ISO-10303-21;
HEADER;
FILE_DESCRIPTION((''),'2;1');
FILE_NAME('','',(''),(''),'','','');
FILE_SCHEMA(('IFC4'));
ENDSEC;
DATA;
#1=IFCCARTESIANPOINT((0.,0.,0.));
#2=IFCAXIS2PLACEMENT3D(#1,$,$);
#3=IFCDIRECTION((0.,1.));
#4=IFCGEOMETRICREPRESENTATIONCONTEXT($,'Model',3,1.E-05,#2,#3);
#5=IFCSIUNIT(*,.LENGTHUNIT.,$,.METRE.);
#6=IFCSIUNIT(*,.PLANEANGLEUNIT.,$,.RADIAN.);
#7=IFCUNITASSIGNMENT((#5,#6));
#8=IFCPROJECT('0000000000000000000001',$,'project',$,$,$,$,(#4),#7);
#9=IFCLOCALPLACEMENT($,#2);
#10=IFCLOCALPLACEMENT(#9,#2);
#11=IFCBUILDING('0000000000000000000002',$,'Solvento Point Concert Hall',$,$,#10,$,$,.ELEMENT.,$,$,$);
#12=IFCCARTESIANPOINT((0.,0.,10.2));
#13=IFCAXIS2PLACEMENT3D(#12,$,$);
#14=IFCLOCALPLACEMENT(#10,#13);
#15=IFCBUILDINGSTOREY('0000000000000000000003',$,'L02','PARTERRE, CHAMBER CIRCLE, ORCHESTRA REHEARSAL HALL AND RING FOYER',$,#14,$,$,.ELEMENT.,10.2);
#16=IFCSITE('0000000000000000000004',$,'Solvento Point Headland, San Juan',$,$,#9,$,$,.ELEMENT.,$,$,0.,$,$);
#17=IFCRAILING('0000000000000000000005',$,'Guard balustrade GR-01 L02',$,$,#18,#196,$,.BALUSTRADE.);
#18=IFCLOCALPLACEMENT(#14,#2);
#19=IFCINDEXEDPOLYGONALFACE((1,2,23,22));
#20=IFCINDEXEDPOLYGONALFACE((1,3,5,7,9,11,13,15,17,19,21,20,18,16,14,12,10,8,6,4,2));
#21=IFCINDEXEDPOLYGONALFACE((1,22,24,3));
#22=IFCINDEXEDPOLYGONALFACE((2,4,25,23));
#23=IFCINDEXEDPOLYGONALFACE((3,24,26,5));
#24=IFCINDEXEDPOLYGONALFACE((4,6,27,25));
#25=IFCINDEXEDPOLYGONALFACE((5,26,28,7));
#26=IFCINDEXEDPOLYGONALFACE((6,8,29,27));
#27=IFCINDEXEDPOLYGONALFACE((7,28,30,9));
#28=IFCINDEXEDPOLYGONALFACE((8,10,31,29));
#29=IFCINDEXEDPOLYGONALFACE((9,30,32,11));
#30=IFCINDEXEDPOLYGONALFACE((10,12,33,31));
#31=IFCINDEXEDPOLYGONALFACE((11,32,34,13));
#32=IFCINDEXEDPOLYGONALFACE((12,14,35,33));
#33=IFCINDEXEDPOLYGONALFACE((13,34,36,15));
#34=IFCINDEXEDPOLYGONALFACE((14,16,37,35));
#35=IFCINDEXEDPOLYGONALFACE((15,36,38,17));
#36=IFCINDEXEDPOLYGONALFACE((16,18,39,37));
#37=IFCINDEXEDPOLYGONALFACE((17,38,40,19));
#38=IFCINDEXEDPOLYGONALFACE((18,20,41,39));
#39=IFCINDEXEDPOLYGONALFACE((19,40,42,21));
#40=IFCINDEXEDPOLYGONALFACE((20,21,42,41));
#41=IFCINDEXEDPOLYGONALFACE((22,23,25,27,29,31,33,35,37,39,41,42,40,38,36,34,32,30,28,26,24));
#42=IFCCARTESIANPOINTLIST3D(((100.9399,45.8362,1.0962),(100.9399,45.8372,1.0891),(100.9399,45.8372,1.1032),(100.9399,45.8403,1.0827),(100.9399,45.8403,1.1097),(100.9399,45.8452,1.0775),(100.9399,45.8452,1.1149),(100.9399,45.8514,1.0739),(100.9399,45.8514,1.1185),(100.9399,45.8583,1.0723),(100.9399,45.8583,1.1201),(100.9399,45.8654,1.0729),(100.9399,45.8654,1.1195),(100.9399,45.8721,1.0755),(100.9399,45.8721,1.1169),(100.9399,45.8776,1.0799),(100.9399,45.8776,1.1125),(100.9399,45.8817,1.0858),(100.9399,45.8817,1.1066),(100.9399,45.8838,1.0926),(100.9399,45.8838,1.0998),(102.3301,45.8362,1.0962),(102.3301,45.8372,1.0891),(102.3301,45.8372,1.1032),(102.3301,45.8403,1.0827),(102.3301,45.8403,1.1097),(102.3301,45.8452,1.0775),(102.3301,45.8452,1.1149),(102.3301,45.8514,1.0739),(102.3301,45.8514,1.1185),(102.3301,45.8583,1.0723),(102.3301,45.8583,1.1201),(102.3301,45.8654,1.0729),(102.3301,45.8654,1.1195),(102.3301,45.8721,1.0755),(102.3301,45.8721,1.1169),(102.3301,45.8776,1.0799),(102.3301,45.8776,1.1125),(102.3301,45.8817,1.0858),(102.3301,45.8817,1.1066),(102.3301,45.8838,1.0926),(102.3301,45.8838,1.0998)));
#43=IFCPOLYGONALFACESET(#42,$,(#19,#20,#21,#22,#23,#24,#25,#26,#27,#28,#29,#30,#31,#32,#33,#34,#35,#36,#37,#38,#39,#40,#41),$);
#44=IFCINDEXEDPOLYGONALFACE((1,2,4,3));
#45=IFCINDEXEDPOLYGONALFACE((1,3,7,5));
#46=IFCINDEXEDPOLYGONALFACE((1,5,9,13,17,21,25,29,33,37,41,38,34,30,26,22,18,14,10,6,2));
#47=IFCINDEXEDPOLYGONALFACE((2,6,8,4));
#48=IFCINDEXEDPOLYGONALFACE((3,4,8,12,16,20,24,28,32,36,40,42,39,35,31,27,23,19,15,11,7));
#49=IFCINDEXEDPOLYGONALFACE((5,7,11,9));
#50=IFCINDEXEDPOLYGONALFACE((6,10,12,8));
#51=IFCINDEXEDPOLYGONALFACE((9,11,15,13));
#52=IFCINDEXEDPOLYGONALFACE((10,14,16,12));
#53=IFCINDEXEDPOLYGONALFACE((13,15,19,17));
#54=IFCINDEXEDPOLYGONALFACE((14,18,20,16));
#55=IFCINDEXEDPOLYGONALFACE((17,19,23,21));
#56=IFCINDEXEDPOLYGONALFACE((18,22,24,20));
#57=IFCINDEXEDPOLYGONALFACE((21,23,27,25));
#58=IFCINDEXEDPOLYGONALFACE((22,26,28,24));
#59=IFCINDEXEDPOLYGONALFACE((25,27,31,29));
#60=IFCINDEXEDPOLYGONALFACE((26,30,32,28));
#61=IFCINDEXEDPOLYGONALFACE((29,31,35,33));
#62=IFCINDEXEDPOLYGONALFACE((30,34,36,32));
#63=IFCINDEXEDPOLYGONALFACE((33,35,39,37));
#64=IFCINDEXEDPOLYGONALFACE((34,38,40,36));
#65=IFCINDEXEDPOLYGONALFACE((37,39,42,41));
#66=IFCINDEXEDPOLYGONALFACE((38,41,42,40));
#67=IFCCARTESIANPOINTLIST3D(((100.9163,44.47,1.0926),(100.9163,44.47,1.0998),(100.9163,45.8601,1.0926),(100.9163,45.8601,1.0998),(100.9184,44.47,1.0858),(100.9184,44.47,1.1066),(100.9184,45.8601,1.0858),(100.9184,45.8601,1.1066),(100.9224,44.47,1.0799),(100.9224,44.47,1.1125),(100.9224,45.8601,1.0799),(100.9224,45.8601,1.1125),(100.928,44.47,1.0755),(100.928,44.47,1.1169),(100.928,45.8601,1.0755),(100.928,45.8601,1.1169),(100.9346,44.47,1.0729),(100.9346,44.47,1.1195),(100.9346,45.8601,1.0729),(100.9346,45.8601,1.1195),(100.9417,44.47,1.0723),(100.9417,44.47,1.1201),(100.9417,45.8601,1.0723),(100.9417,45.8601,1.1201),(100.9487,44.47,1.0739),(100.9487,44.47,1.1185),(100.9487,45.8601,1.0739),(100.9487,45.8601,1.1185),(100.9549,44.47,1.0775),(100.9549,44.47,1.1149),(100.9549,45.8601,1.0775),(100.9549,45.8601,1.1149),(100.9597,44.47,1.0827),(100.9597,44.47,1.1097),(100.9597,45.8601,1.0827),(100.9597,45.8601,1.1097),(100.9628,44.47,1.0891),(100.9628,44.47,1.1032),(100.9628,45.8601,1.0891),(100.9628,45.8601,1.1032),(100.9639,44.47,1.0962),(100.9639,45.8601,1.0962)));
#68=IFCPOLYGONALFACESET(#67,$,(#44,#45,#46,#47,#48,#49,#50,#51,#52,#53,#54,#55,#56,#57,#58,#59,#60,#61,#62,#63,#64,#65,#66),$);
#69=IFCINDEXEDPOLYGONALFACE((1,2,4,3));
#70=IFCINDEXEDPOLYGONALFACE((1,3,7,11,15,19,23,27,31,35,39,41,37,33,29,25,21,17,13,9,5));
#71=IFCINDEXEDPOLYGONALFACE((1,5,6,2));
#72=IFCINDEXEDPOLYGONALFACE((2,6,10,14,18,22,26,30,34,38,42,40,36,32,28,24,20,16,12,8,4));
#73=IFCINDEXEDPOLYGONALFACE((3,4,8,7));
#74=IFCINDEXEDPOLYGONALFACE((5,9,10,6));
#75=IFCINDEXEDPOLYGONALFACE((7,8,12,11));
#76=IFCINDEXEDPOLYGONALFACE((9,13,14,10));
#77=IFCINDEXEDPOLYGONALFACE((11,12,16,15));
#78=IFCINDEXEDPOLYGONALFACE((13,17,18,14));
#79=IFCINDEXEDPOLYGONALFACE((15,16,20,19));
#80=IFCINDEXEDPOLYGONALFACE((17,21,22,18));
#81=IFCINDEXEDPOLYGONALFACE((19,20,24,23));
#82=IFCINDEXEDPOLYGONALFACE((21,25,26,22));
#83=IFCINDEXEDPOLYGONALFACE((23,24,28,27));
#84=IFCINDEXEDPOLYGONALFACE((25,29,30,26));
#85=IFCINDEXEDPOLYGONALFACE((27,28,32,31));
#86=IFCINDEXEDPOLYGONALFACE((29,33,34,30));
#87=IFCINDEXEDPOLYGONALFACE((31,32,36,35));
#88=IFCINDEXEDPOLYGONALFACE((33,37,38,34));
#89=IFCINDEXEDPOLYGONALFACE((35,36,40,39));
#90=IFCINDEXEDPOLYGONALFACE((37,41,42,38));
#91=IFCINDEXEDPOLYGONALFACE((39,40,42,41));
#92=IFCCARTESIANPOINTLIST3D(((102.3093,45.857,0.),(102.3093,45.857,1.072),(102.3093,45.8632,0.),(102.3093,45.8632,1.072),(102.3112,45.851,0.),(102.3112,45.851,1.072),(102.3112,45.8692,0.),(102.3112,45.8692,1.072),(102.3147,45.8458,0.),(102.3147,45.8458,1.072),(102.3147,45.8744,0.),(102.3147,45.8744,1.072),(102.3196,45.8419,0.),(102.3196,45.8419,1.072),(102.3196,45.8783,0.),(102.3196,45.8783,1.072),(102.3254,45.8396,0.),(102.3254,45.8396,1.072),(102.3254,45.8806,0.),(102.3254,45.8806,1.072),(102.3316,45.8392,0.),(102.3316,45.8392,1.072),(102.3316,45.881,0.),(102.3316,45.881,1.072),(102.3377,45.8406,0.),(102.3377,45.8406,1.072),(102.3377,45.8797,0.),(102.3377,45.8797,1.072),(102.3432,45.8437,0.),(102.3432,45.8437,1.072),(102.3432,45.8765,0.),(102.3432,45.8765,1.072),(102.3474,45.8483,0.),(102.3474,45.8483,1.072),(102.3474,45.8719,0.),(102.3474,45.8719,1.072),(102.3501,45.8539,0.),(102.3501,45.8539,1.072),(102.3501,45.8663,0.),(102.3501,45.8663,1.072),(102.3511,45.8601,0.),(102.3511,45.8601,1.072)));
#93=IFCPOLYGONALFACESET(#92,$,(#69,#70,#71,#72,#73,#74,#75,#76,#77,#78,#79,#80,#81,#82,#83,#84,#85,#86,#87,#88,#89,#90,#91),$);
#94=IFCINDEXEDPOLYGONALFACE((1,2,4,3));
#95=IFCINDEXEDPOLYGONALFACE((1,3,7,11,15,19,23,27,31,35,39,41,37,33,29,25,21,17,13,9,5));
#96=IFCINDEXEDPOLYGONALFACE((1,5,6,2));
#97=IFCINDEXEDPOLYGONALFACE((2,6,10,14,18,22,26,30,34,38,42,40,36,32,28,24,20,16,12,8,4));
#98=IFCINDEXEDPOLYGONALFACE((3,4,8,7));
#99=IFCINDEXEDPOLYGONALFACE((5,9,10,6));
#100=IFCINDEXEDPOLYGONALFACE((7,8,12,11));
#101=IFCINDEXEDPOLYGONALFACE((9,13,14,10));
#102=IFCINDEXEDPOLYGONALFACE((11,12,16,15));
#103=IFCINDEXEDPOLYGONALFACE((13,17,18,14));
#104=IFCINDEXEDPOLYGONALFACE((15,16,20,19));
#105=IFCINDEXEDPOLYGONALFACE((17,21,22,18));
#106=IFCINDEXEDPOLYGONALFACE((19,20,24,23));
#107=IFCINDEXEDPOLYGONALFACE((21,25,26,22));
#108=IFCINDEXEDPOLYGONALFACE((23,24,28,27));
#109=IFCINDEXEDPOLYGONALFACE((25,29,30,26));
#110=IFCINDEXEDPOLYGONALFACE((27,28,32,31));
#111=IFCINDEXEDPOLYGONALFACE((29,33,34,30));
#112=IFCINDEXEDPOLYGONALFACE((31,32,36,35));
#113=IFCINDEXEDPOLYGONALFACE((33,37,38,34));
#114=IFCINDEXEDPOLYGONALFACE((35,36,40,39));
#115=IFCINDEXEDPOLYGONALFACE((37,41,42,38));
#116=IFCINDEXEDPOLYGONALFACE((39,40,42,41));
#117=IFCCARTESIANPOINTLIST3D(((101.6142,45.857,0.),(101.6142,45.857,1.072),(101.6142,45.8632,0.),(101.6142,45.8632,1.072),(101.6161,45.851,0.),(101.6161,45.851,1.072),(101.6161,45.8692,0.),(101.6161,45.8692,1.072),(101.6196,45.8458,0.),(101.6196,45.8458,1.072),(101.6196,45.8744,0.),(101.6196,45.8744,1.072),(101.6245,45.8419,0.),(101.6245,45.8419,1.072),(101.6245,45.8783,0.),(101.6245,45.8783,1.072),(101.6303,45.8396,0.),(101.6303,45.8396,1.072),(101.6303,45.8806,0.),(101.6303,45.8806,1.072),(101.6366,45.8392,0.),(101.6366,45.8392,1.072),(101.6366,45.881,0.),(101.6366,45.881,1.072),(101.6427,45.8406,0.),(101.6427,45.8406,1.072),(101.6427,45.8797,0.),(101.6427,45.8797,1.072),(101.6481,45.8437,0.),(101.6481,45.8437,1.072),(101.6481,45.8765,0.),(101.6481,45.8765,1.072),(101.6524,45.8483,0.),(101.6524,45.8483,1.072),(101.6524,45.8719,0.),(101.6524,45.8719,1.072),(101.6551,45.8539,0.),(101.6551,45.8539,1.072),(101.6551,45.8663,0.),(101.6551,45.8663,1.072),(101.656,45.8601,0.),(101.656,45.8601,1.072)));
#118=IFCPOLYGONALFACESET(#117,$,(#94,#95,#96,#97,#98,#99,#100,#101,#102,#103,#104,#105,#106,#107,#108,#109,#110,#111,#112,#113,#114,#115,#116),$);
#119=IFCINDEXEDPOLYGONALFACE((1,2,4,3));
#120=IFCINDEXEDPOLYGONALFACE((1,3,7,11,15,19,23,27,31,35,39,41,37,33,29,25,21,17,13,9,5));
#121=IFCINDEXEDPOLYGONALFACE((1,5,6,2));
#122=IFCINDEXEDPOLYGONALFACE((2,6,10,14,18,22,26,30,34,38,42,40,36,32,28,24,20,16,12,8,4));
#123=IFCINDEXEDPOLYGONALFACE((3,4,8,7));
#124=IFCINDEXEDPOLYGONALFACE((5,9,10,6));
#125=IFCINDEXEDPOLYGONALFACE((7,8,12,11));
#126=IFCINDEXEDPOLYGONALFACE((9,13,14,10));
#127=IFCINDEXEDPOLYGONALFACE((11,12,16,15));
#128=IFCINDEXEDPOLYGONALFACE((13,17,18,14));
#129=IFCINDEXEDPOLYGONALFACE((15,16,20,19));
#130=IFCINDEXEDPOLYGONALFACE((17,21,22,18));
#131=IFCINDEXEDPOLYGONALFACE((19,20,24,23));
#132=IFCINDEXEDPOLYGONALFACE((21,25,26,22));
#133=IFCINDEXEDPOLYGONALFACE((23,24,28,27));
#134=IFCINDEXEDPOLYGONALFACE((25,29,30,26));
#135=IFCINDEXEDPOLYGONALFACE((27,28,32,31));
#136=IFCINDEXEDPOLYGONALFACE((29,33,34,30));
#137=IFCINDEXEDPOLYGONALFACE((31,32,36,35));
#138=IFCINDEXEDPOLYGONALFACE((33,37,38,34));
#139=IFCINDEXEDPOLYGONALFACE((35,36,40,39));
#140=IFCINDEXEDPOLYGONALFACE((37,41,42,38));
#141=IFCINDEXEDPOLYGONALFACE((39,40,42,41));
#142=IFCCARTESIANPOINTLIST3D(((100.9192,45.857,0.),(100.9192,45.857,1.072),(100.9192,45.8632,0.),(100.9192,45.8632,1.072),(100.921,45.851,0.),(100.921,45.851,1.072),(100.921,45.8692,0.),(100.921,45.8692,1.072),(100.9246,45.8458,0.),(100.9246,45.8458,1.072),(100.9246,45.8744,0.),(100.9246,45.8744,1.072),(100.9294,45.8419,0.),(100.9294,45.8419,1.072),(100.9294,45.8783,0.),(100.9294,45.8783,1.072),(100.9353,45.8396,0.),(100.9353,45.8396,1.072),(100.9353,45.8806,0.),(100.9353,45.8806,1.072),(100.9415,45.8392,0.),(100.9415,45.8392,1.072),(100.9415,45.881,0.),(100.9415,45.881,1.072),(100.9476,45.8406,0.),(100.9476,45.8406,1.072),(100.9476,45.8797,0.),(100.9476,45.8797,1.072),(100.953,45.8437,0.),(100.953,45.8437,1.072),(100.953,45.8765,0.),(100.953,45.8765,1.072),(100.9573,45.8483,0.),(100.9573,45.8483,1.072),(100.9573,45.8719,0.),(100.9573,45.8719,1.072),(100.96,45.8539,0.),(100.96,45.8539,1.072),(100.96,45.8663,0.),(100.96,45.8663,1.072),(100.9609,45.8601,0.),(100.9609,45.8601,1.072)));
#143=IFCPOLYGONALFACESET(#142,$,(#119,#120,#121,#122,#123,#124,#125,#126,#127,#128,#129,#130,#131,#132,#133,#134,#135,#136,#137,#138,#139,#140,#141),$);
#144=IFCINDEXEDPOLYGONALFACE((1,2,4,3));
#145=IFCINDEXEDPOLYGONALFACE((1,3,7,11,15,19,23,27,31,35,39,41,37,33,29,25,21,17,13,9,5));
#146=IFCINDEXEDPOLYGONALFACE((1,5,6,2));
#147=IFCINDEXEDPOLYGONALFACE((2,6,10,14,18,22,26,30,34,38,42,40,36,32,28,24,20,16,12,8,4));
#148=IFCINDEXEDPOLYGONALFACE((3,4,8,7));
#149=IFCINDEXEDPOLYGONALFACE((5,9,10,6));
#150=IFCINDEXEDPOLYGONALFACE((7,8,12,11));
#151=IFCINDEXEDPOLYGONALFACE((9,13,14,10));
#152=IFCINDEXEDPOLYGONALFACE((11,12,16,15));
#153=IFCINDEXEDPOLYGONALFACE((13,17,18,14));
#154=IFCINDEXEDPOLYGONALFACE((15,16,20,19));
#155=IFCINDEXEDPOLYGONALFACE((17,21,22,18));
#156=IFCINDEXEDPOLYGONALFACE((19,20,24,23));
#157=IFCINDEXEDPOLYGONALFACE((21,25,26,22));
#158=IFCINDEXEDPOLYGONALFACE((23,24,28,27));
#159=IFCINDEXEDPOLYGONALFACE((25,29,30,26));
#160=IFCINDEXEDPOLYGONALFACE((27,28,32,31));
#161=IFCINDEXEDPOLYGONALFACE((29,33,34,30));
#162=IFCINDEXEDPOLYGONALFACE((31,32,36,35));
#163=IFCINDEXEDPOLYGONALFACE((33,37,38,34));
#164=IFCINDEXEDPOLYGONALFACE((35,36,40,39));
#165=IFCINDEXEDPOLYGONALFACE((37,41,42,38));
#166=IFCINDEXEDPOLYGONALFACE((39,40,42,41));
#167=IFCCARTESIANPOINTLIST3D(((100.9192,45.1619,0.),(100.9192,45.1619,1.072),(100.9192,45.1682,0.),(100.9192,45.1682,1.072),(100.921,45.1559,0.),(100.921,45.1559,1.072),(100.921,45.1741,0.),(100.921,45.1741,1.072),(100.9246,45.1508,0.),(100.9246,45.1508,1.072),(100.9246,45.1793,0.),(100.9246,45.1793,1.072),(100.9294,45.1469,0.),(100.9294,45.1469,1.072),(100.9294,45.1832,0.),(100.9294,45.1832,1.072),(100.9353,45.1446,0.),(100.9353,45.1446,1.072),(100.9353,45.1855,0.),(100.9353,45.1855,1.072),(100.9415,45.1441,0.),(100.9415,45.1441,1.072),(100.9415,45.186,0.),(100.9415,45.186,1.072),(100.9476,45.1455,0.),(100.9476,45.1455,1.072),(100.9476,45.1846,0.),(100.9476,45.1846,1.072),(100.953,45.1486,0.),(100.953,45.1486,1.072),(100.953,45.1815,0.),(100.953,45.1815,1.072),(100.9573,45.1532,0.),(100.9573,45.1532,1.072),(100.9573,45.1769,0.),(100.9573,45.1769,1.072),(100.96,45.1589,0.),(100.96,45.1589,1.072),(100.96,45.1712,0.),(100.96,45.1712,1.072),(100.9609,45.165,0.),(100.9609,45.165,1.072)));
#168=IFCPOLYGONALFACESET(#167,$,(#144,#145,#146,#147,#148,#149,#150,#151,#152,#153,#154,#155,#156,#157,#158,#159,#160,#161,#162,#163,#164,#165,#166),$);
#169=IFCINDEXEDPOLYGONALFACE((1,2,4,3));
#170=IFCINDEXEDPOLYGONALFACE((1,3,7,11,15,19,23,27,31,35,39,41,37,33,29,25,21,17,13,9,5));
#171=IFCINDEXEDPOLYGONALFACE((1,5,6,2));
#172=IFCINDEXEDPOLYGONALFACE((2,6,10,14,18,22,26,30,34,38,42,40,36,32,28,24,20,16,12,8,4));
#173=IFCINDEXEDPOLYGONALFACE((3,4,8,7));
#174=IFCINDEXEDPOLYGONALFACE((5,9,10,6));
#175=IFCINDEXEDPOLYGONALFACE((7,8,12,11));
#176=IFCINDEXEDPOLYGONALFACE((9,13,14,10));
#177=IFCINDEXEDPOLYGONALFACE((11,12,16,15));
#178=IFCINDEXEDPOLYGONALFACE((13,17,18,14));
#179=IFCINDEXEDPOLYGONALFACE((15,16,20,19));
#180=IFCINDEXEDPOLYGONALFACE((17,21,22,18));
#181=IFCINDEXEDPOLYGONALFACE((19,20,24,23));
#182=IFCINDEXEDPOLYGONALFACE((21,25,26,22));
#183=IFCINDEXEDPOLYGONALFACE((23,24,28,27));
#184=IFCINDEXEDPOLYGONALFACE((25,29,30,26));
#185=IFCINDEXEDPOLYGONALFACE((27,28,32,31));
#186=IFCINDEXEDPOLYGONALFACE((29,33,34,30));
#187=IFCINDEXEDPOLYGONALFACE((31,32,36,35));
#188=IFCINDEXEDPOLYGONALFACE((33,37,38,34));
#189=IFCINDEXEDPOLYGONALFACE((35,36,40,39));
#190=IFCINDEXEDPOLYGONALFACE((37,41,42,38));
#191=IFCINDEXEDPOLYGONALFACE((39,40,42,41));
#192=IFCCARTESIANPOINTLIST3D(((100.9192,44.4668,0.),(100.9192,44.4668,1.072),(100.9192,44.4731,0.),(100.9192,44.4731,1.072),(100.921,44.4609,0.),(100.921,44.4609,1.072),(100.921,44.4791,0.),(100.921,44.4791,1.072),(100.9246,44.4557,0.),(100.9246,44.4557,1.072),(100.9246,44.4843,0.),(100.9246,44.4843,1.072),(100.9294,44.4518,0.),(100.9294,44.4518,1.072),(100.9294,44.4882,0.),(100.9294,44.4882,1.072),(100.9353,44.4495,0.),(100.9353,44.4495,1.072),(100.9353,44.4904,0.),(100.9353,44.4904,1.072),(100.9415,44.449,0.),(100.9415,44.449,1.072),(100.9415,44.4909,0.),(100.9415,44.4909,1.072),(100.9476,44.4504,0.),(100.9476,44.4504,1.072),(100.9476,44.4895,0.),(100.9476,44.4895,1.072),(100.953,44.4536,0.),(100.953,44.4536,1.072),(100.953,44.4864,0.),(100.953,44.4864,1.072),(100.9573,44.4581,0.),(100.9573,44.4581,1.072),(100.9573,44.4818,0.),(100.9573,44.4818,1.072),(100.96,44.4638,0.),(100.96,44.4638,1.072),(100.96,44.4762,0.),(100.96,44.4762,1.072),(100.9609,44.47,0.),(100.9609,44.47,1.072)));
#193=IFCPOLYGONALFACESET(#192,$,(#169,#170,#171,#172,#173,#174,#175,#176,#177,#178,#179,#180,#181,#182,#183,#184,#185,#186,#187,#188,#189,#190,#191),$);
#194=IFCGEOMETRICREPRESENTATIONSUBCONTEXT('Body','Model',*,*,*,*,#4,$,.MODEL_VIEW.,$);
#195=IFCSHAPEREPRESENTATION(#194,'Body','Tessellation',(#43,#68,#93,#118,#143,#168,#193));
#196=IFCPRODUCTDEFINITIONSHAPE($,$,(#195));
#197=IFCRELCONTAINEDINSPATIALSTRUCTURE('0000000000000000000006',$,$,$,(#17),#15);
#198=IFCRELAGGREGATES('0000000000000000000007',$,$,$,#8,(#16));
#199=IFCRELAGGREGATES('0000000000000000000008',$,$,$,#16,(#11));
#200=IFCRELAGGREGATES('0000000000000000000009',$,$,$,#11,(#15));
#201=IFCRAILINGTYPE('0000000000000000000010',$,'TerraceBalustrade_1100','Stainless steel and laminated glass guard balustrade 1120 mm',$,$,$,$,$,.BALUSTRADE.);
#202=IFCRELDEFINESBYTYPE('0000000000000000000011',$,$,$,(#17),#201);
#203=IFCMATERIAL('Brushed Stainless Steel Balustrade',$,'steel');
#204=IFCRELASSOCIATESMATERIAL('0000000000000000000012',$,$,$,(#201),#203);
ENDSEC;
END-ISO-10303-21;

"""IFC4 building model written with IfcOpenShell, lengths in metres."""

from ifc_helpers import new_model, si_unit, direction, frame, origin, origin_2d, place, context, subcontext, project, spatial, circle, extrude, material, type_object, element, save


model = new_model("IFC4")

# Units and contexts
model_context = context("Model", 3, precision=1e-05, world=origin(), true_north=direction((0.0, 1.0)))
body_context = subcontext(model_context, "Body", "Model", "MODEL_VIEW")
ifc_project = project(units=[si_unit("LENGTHUNIT", "METRE"), si_unit("PLANEANGLEUNIT", "RADIAN")], contexts=[model_context])

# Site, building, storey
site_placement = place(None, origin())
site = spatial("IfcSite", under=ifc_project, at=site_placement, Name="Solvento Point Headland, San Juan", CompositionType="ELEMENT", RefElevation=0.0)
building_placement = place(site_placement, origin())
building = spatial("IfcBuilding", under=site, at=building_placement, Name="Solvento Point Concert Hall", CompositionType="ELEMENT")
storey_placement = place(building_placement, frame((0.0, 0.0, 10.2)))
storey = spatial("IfcBuildingStorey", under=building, at=storey_placement, Name="L02", Description="PARTERRE, CHAMBER CIRCLE, ORCHESTRA REHEARSAL HALL AND RING FOYER", CompositionType="ELEMENT", Elevation=10.2)

# Railing
ifc_material_1 = material(Name="Brushed Stainless Steel Balustrade", Category="steel")
railing_type_1 = type_object("IfcRailingType", Name="TerraceBalustrade_1100", Description="Stainless steel and laminated glass guard balustrade 1120 mm", PredefinedType="BALUSTRADE", material=ifc_material_1)
railing_1_placement = place(storey_placement, frame((102.3301, 45.8601, 0.0)))
element("IfcRailing", 1, at=railing_1_placement, inside=storey, type_object=railing_type_1, Name="Guard balustrade GR-01 L02", PredefinedType="BALUSTRADE", context=body_context, shape_type="SweptSolid", body=[
    extrude(circle(Radius=0.0239, at=origin_2d()), frame((0.0, 0.0, 1.0962), z_axis=(-1.0, 0.0, 0.0), x_axis=(0.0, -1.0, 0.0)), (0.0, 0.0, 1.0), 1.3901),
    extrude(circle(Radius=0.0239, at=origin_2d()), frame((-1.3901, 0.0, 1.0962), z_axis=(0.0, -1.0, 0.0), x_axis=(1.0, 0.0, 0.0)), (0.0, 0.0, 1.0), 1.3901),
    extrude(circle(Radius=0.021, at=origin_2d()), origin(), (0.0, 0.0, 1.0), 1.072),
    extrude(circle(Radius=0.021, at=origin_2d()), frame((-0.6951, 0.0, 0.0)), (0.0, 0.0, 1.0), 1.072),
    extrude(circle(Radius=0.021, at=origin_2d()), frame((-1.3901, 0.0, 0.0)), (0.0, 0.0, 1.0), 1.072),
    extrude(circle(Radius=0.021, at=origin_2d()), frame((-1.3901, -0.6951, 0.0)), (0.0, 0.0, 1.0), 1.072),
    extrude(circle(Radius=0.021, at=origin_2d()), frame((-1.3901, -1.3901, 0.0)), (0.0, 0.0, 1.0), 1.072),
])

save(model, "model.ifc")
